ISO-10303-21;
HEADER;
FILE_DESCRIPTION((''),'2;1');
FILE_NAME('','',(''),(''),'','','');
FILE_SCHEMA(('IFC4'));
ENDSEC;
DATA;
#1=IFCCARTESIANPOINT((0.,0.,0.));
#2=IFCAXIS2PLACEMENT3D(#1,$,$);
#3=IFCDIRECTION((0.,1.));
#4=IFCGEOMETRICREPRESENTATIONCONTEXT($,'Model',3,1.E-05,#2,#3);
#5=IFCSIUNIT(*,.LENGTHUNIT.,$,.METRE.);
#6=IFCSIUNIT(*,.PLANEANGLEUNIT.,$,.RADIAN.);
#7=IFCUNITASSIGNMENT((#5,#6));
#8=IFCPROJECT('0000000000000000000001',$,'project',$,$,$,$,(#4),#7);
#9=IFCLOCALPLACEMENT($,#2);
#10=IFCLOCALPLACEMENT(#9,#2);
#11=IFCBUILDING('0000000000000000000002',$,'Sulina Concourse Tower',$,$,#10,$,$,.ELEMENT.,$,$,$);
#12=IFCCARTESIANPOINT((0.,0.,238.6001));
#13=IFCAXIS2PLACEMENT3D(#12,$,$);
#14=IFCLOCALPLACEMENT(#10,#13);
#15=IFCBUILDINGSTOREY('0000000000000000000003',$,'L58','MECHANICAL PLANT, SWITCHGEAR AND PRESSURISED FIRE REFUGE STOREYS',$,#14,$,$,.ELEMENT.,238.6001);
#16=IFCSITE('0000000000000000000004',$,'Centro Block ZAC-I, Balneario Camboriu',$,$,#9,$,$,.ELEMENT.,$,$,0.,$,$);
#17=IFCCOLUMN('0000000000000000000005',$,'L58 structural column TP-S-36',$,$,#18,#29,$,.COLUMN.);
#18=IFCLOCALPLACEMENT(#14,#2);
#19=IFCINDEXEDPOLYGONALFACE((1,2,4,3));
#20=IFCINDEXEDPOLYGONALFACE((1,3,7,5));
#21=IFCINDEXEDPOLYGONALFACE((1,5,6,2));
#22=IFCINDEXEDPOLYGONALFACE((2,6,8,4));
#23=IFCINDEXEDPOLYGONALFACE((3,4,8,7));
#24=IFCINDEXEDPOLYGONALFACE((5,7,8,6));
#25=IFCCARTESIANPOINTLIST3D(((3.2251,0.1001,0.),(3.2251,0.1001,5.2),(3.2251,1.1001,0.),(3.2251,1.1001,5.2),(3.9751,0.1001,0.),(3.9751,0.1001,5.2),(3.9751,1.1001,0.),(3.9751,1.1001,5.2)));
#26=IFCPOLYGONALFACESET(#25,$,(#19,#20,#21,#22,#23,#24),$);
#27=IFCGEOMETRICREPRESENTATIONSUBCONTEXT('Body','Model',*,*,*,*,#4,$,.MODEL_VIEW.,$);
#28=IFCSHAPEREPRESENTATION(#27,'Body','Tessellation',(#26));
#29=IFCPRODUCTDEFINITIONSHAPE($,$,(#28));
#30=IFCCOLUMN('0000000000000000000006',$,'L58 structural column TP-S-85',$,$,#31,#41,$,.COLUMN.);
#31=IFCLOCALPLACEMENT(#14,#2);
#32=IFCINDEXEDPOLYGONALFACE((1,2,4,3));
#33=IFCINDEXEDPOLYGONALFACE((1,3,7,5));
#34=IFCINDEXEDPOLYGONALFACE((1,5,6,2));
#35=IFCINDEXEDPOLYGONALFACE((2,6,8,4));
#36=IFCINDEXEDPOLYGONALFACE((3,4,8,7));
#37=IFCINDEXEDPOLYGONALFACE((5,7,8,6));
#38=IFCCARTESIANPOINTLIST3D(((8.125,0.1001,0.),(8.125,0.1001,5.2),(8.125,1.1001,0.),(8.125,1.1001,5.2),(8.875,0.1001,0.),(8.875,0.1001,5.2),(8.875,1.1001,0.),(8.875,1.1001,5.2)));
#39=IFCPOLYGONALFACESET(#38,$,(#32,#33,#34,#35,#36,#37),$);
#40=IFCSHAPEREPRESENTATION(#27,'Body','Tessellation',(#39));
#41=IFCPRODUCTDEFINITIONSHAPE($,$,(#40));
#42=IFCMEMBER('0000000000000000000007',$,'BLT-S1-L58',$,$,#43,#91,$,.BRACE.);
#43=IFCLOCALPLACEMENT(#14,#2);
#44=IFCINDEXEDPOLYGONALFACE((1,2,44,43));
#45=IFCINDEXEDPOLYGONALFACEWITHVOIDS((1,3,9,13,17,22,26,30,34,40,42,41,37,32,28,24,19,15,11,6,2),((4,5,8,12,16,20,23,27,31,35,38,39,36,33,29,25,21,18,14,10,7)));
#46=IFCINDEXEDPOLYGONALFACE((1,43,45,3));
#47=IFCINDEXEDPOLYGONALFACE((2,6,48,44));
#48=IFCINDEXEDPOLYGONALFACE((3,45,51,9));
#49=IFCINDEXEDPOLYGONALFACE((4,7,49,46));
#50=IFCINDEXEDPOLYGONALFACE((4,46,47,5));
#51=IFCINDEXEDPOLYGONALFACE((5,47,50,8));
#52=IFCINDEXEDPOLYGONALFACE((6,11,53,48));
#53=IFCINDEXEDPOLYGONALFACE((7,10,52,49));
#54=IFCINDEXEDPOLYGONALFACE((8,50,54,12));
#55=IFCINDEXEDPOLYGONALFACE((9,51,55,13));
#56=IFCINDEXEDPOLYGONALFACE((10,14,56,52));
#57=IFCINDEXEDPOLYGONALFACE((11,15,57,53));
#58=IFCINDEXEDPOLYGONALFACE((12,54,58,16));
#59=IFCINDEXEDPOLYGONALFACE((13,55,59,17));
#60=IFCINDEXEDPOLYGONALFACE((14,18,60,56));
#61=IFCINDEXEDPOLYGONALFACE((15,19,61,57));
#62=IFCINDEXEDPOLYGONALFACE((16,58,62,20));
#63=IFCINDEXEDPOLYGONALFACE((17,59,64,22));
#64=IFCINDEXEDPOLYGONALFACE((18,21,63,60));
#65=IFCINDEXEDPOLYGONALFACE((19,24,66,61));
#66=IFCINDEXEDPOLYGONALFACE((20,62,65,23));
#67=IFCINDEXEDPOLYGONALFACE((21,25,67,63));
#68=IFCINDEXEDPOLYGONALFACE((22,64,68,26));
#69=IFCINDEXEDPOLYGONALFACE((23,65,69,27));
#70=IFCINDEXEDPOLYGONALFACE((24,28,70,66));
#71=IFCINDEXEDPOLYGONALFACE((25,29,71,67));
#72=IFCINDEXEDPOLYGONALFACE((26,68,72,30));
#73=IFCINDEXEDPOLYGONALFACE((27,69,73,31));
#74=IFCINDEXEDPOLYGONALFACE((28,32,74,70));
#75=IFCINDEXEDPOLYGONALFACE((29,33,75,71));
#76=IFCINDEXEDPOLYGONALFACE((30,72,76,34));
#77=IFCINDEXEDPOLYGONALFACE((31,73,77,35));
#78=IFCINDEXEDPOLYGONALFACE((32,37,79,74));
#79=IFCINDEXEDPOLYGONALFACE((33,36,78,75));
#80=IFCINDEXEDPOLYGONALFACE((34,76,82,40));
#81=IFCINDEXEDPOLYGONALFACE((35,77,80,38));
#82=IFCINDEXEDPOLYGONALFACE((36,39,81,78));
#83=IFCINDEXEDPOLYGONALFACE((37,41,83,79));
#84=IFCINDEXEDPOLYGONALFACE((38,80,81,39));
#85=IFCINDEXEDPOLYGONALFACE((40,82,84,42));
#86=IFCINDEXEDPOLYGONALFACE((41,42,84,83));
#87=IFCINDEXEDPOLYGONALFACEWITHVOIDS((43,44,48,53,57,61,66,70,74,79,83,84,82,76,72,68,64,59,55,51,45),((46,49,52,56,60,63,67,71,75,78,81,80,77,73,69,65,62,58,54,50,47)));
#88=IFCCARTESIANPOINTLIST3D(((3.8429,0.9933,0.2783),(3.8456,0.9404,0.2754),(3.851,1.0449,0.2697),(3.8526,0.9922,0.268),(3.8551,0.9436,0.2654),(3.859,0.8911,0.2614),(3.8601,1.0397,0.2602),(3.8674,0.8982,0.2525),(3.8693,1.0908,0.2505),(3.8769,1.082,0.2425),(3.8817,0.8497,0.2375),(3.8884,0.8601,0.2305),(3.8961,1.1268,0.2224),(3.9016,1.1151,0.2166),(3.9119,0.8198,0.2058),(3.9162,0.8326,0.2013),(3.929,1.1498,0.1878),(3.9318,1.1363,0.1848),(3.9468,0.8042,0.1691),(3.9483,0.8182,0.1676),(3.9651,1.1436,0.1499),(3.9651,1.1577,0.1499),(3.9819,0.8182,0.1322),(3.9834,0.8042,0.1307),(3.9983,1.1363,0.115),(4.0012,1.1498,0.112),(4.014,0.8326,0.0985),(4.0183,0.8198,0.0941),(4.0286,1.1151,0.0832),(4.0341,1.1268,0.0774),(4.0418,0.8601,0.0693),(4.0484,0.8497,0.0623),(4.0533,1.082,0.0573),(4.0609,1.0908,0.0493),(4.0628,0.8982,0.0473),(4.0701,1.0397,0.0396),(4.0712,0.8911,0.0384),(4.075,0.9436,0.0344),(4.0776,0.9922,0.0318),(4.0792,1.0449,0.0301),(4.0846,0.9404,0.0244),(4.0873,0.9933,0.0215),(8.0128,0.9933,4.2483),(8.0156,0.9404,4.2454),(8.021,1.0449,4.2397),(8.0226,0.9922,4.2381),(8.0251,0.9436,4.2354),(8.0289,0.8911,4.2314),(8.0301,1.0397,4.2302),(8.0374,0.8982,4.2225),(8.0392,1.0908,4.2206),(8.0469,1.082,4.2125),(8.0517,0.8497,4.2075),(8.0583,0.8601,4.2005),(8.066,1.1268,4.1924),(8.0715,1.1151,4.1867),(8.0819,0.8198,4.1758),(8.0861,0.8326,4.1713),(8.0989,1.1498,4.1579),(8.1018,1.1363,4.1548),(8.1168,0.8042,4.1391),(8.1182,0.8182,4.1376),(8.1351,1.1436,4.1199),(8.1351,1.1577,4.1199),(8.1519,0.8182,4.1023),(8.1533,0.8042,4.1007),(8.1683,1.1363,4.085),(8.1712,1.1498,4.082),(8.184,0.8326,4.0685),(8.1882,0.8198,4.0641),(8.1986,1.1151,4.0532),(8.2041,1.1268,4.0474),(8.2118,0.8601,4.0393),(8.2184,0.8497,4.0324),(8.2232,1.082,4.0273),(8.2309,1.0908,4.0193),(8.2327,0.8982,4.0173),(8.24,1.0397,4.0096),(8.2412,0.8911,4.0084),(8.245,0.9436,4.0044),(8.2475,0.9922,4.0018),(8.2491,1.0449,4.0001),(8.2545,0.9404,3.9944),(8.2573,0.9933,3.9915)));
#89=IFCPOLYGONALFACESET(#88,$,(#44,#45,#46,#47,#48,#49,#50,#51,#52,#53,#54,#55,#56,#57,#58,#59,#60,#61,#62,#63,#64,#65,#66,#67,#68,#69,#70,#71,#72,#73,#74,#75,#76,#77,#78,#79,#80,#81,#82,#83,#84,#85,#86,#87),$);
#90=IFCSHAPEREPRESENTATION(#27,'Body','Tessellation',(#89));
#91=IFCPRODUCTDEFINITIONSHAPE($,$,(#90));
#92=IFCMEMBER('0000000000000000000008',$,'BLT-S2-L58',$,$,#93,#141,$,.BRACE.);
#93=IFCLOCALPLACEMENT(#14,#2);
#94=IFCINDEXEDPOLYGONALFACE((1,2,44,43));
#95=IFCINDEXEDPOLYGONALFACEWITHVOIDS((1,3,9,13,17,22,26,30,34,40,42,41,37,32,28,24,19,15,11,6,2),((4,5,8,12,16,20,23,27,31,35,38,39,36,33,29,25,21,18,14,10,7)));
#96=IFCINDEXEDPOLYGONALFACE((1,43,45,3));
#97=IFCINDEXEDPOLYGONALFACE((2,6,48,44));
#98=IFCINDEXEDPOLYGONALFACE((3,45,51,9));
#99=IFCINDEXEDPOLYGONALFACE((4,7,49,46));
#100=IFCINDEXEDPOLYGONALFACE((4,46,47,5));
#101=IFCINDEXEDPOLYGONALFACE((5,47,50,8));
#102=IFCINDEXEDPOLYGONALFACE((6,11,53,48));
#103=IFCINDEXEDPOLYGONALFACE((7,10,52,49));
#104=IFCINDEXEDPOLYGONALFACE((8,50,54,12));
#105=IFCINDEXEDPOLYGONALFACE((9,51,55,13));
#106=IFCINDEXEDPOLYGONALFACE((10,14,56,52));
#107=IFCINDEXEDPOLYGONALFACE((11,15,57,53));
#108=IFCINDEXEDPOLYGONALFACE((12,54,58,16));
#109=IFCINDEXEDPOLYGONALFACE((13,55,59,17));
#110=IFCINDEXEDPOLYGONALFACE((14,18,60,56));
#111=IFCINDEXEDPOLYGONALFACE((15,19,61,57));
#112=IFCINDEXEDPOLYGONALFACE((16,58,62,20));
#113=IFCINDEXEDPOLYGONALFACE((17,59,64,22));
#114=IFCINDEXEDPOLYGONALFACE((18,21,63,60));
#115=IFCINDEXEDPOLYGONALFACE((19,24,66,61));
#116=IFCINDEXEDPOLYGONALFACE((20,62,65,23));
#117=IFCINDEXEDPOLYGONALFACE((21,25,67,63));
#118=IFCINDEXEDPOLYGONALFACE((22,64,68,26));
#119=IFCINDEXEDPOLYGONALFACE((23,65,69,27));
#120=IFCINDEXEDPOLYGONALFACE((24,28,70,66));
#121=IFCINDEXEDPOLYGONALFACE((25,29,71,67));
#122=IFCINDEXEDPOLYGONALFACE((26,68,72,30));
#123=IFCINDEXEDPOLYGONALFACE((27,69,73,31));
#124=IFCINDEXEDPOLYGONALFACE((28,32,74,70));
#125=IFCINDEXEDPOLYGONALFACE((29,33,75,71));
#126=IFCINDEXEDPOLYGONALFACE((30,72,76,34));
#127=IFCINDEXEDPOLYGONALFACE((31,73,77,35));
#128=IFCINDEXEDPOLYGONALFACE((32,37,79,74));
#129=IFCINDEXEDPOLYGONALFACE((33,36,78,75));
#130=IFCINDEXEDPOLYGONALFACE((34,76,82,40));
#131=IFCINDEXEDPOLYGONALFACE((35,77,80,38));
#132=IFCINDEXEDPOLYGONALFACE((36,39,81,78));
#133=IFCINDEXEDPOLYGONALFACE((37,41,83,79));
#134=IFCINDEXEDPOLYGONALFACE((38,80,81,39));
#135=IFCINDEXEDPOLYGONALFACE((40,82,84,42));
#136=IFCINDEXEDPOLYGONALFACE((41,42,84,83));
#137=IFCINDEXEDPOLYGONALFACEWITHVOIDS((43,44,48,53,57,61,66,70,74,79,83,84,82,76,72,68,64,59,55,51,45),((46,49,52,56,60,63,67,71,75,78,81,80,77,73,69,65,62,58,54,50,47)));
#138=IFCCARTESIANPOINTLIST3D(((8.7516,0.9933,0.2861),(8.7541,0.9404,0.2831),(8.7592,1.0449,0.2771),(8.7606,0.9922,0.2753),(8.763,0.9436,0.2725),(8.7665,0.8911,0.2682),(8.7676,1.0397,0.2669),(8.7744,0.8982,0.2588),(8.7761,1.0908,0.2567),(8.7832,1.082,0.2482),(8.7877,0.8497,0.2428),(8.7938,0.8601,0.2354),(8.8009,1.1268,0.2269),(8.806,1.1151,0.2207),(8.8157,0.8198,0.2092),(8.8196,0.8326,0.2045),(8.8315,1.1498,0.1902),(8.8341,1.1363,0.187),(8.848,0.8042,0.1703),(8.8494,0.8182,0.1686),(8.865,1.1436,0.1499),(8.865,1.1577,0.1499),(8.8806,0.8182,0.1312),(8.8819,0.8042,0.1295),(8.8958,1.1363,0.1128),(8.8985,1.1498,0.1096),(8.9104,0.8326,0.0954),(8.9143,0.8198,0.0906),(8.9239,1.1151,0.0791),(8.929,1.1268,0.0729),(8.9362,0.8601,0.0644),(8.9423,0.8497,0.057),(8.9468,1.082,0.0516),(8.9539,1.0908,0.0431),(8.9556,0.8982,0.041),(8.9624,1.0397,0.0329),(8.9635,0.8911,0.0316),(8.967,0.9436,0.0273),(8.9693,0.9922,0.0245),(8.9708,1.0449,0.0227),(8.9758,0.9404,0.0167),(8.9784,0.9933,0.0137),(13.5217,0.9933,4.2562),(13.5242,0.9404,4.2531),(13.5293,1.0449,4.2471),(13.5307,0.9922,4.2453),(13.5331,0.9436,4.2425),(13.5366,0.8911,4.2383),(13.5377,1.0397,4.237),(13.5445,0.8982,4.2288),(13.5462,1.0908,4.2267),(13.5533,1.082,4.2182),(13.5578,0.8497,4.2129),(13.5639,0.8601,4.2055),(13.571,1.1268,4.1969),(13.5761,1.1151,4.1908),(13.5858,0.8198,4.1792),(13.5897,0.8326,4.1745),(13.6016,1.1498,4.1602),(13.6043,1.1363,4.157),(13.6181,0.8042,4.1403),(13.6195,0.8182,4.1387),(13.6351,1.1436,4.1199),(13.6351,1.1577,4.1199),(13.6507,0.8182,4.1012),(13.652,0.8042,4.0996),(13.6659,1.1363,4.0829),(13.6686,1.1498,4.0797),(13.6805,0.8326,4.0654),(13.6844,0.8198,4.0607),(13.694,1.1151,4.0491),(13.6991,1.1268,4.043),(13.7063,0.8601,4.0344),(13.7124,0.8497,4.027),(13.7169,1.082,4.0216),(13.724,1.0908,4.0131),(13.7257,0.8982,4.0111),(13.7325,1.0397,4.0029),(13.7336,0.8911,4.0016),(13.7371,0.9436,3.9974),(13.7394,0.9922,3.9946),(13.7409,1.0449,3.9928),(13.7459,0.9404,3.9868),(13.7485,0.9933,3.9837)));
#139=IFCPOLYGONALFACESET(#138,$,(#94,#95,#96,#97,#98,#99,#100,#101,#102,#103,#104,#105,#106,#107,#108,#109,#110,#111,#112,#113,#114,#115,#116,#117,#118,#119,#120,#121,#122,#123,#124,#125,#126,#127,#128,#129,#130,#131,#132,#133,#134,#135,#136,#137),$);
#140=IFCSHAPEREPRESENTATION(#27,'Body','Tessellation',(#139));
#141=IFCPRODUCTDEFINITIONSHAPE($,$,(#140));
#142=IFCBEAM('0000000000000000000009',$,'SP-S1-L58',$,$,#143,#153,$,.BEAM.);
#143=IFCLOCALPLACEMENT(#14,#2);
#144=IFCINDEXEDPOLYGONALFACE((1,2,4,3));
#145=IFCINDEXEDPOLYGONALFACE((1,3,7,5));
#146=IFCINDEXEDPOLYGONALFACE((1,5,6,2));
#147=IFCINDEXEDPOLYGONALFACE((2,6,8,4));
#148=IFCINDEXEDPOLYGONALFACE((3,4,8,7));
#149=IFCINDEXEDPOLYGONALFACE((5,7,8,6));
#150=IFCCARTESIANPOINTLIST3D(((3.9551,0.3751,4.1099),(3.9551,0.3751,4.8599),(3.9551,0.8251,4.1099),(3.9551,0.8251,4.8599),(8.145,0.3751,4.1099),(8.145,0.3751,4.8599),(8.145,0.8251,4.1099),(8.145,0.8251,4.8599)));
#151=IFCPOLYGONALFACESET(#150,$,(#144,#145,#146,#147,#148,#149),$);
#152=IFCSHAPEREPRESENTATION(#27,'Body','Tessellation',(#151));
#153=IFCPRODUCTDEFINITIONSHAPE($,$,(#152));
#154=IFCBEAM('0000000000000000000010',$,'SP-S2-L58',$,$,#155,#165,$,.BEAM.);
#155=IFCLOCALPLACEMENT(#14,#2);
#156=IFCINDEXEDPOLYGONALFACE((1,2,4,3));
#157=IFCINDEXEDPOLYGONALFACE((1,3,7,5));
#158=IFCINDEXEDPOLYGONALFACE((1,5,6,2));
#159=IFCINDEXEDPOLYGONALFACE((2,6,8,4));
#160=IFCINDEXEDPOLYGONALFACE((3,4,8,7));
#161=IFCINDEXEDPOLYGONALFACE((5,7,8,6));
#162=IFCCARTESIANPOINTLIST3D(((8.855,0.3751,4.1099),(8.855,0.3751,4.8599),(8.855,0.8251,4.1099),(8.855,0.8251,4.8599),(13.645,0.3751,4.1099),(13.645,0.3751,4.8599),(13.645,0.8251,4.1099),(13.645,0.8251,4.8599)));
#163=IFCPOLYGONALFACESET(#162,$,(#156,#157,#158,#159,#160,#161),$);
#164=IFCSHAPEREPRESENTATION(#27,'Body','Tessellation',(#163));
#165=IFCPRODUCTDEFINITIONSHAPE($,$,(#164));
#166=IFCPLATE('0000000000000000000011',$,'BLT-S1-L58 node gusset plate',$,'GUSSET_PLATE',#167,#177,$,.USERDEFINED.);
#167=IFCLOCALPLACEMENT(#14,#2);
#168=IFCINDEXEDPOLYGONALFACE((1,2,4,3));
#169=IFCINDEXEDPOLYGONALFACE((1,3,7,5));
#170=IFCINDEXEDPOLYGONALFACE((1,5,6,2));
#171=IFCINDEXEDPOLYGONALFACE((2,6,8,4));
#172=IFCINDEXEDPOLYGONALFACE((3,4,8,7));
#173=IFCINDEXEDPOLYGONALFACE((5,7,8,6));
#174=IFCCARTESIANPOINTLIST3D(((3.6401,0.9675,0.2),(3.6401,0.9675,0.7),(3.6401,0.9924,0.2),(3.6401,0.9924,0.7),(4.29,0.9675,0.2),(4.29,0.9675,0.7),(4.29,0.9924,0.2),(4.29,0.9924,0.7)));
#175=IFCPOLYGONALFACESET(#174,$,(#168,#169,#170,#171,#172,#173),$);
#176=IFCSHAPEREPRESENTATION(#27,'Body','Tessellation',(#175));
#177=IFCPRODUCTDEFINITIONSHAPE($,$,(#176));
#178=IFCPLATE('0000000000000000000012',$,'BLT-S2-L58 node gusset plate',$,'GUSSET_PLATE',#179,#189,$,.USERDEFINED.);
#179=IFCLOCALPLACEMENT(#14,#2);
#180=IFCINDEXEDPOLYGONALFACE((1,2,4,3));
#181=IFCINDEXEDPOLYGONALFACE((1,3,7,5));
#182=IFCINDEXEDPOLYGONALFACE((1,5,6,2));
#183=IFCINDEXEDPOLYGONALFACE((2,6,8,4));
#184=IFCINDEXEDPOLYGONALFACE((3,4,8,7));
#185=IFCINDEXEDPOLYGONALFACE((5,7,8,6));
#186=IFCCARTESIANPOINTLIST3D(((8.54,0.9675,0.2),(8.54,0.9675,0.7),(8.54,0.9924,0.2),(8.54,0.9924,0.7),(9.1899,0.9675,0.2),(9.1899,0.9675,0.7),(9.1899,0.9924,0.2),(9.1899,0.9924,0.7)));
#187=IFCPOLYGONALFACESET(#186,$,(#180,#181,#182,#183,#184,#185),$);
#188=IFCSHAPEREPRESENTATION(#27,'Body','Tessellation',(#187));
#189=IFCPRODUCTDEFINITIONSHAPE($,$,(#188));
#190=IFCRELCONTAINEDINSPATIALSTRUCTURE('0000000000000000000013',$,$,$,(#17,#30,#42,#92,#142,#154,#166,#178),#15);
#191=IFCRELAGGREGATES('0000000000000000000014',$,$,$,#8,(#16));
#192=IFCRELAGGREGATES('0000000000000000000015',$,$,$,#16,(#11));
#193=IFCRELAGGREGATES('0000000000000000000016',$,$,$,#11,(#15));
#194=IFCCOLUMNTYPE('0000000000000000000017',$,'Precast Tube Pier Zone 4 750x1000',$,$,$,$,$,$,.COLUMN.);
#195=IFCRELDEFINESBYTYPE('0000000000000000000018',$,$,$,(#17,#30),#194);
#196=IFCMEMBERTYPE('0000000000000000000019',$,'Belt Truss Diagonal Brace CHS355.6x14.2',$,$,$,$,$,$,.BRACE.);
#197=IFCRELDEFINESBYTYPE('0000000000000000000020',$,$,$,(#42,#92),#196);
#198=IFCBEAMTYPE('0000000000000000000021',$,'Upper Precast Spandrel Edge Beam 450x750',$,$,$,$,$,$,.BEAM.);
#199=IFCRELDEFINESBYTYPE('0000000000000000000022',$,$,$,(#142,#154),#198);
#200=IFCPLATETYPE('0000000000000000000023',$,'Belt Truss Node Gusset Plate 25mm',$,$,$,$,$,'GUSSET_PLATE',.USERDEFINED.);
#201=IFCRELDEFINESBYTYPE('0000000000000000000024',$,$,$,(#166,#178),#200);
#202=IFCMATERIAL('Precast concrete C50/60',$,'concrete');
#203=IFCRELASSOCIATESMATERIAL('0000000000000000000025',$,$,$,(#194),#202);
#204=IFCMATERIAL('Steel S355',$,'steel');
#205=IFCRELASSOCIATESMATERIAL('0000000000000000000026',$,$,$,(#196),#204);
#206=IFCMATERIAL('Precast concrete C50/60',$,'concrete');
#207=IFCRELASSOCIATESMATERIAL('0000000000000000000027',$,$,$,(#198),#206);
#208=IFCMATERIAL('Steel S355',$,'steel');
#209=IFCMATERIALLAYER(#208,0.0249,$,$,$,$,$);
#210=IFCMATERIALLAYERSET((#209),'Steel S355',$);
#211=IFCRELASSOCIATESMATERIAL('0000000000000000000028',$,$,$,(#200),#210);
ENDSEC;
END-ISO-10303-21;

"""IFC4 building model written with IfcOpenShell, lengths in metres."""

from ifc_helpers import new_model, si_unit, direction, frame, origin, origin_2d, place, context, subcontext, project, spatial, rectangle, hollow_circle, extrude, material, layer, layer_set, material_profile, profile_set, type_object, element, save


model = new_model("IFC4")

# Units and contexts
model_context = context("Model", 3, precision=1e-05, world=origin(), true_north=direction((0.0, 1.0)))
body_context = subcontext(model_context, "Body", "Model", "MODEL_VIEW")
ifc_project = project(units=[si_unit("LENGTHUNIT", "METRE"), si_unit("PLANEANGLEUNIT", "RADIAN")], contexts=[model_context])

# Site, building, storey
site_placement = place(None, origin())
site = spatial("IfcSite", under=ifc_project, at=site_placement, Name="Centro Block ZAC-I, Balneario Camboriu", CompositionType="ELEMENT", RefElevation=0.0)
building_placement = place(site_placement, origin())
building = spatial("IfcBuilding", under=site, at=building_placement, Name="Sulina Concourse Tower", CompositionType="ELEMENT")
storey_placement = place(building_placement, frame((0.0, 0.0, 238.6001)))
storey = spatial("IfcBuildingStorey", under=building, at=storey_placement, Name="L58", Description="MECHANICAL PLANT, SWITCHGEAR AND PRESSURISED FIRE REFUGE STOREYS", CompositionType="ELEMENT", Elevation=238.6001)

# Columns
ifc_material_1 = material(Name="Precast concrete C50/60", Category="concrete")
ifc_material_profile_1 = material_profile(ifc_material_1, rectangle(XDim=0.75, YDim=1.0, at=origin_2d()), Name="PC 750x1000")
ifc_profile_set_1 = profile_set([ifc_material_profile_1], Name="Precast concrete C50/60")
column_type = type_object("IfcColumnType", Name="Precast Tube Pier Zone 4 750x1000", PredefinedType="COLUMN", material=ifc_profile_set_1)
for number, where, z_axis, x_axis, name in (
    (1, (3.6001, 0.6001, 0.0), (0.0, 0.0, 1.0), (1.0, 0.0, 0.0), "L58 structural column TP-S-36"),
    (2, (8.5, 0.6001, 0.0), (0.0, 0.0, 1.0), (1.0, 0.0, 0.0), "L58 structural column TP-S-85"),
):
    element("IfcColumn", number, at=place(storey_placement, frame(where, z_axis=z_axis, x_axis=x_axis)), inside=storey, type_object=column_type, Name=name, PredefinedType="COLUMN", context=body_context, shape_type="SweptSolid", body=[
        extrude(rectangle(XDim=0.75, YDim=1.0, at=origin_2d()), origin(), (0.0, 0.0, 1.0), 5.2),
    ])

# Members
ifc_material_2 = material(Name="Steel S355", Category="steel")
ifc_material_profile_2 = material_profile(ifc_material_2, hollow_circle(Radius=0.1777, WallThickness=0.0142, at=origin_2d()), Name="CHS 355.6x14.2")
ifc_profile_set_2 = profile_set([ifc_material_profile_2], Name="Steel S355")
member_type = type_object("IfcMemberType", Name="Belt Truss Diagonal Brace CHS355.6x14.2", PredefinedType="BRACE", material=ifc_profile_set_2)
member_1_placement = place(storey_placement, frame((3.9651, 0.98, 0.1499), z_axis=(0.724258, 0.0, 0.689529), x_axis=(0.0, 1.0, 0.0)))
element("IfcMember", 3, at=member_1_placement, inside=storey, type_object=member_type, Name="BLT-S1-L58", PredefinedType="BRACE", context=body_context, shape_type="SweptSolid", body=[
    extrude(hollow_circle(Radius=0.1777, WallThickness=0.0142, at=origin_2d()), origin(), (0.0, 0.0, 1.0), 5.7576),
])
member_2_placement = place(storey_placement, frame((8.865, 0.98, 0.1499), z_axis=(0.768621, 0.0, 0.639704), x_axis=(0.0, 1.0, 0.0)))
element("IfcMember", 4, at=member_2_placement, inside=storey, type_object=member_type, Name="BLT-S2-L58", PredefinedType="BRACE", context=body_context, shape_type="SweptSolid", body=[
    extrude(hollow_circle(Radius=0.1777, WallThickness=0.0142, at=origin_2d()), origin(), (0.0, 0.0, 1.0), 6.2061),
])

# Beams
ifc_material_3 = material(Name="Precast concrete C50/60", Category="concrete")
ifc_material_profile_3 = material_profile(ifc_material_3, rectangle(XDim=0.45, YDim=0.75, at=origin_2d()), Name="RC 450x750")
ifc_profile_set_3 = profile_set([ifc_material_profile_3], Name="Precast concrete C50/60")
beam_type = type_object("IfcBeamType", Name="Upper Precast Spandrel Edge Beam 450x750", PredefinedType="BEAM", material=ifc_profile_set_3)
beam_1_placement = place(storey_placement, frame((3.9551, 0.6001, 4.4849), z_axis=(1.0, 0.0, 0.0), x_axis=(0.0, 1.0, 0.0)))
element("IfcBeam", 5, at=beam_1_placement, inside=storey, type_object=beam_type, Name="SP-S1-L58", PredefinedType="BEAM", context=body_context, shape_type="SweptSolid", body=[
    extrude(rectangle(XDim=0.45, YDim=0.75, at=origin_2d()), origin(), (0.0, 0.0, 1.0), 4.1899),
])
beam_2_placement = place(storey_placement, frame((8.855, 0.6001, 4.4849), z_axis=(1.0, 0.0, 0.0), x_axis=(0.0, 1.0, 0.0)))
element("IfcBeam", 6, at=beam_2_placement, inside=storey, type_object=beam_type, Name="SP-S2-L58", PredefinedType="BEAM", context=body_context, shape_type="SweptSolid", body=[
    extrude(rectangle(XDim=0.45, YDim=0.75, at=origin_2d()), origin(), (0.0, 0.0, 1.0), 4.79),
])

# Plates
ifc_material_4 = material(Name="Steel S355", Category="steel")
ifc_layer_1 = layer(ifc_material_4, 0.0249)
ifc_layer_set_1 = layer_set([ifc_layer_1], Name="Steel S355")
plate_type_1 = type_object("IfcPlateType", Name="Belt Truss Node Gusset Plate 25mm", ElementType="GUSSET_PLATE", PredefinedType="USERDEFINED", material=ifc_layer_set_1)
for number, where, z_axis, x_axis, name in (
    (7, (3.9651, 0.98, 0.2), (0.0, 0.0, 1.0), (1.0, 0.0, 0.0), "BLT-S1-L58 node gusset plate"),
    (8, (8.865, 0.98, 0.2), (0.0, 0.0, 1.0), (1.0, 0.0, 0.0), "BLT-S2-L58 node gusset plate"),
):
    element("IfcPlate", number, at=place(storey_placement, frame(where, z_axis=z_axis, x_axis=x_axis)), inside=storey, type_object=plate_type_1, Name=name, ObjectType="GUSSET_PLATE", PredefinedType="USERDEFINED", context=body_context, shape_type="SweptSolid", body=[
        extrude(rectangle(XDim=0.6499, YDim=0.0249, at=origin_2d()), origin(), (0.0, 0.0, 1.0), 0.5),
    ])

save(model, "model.ifc")
